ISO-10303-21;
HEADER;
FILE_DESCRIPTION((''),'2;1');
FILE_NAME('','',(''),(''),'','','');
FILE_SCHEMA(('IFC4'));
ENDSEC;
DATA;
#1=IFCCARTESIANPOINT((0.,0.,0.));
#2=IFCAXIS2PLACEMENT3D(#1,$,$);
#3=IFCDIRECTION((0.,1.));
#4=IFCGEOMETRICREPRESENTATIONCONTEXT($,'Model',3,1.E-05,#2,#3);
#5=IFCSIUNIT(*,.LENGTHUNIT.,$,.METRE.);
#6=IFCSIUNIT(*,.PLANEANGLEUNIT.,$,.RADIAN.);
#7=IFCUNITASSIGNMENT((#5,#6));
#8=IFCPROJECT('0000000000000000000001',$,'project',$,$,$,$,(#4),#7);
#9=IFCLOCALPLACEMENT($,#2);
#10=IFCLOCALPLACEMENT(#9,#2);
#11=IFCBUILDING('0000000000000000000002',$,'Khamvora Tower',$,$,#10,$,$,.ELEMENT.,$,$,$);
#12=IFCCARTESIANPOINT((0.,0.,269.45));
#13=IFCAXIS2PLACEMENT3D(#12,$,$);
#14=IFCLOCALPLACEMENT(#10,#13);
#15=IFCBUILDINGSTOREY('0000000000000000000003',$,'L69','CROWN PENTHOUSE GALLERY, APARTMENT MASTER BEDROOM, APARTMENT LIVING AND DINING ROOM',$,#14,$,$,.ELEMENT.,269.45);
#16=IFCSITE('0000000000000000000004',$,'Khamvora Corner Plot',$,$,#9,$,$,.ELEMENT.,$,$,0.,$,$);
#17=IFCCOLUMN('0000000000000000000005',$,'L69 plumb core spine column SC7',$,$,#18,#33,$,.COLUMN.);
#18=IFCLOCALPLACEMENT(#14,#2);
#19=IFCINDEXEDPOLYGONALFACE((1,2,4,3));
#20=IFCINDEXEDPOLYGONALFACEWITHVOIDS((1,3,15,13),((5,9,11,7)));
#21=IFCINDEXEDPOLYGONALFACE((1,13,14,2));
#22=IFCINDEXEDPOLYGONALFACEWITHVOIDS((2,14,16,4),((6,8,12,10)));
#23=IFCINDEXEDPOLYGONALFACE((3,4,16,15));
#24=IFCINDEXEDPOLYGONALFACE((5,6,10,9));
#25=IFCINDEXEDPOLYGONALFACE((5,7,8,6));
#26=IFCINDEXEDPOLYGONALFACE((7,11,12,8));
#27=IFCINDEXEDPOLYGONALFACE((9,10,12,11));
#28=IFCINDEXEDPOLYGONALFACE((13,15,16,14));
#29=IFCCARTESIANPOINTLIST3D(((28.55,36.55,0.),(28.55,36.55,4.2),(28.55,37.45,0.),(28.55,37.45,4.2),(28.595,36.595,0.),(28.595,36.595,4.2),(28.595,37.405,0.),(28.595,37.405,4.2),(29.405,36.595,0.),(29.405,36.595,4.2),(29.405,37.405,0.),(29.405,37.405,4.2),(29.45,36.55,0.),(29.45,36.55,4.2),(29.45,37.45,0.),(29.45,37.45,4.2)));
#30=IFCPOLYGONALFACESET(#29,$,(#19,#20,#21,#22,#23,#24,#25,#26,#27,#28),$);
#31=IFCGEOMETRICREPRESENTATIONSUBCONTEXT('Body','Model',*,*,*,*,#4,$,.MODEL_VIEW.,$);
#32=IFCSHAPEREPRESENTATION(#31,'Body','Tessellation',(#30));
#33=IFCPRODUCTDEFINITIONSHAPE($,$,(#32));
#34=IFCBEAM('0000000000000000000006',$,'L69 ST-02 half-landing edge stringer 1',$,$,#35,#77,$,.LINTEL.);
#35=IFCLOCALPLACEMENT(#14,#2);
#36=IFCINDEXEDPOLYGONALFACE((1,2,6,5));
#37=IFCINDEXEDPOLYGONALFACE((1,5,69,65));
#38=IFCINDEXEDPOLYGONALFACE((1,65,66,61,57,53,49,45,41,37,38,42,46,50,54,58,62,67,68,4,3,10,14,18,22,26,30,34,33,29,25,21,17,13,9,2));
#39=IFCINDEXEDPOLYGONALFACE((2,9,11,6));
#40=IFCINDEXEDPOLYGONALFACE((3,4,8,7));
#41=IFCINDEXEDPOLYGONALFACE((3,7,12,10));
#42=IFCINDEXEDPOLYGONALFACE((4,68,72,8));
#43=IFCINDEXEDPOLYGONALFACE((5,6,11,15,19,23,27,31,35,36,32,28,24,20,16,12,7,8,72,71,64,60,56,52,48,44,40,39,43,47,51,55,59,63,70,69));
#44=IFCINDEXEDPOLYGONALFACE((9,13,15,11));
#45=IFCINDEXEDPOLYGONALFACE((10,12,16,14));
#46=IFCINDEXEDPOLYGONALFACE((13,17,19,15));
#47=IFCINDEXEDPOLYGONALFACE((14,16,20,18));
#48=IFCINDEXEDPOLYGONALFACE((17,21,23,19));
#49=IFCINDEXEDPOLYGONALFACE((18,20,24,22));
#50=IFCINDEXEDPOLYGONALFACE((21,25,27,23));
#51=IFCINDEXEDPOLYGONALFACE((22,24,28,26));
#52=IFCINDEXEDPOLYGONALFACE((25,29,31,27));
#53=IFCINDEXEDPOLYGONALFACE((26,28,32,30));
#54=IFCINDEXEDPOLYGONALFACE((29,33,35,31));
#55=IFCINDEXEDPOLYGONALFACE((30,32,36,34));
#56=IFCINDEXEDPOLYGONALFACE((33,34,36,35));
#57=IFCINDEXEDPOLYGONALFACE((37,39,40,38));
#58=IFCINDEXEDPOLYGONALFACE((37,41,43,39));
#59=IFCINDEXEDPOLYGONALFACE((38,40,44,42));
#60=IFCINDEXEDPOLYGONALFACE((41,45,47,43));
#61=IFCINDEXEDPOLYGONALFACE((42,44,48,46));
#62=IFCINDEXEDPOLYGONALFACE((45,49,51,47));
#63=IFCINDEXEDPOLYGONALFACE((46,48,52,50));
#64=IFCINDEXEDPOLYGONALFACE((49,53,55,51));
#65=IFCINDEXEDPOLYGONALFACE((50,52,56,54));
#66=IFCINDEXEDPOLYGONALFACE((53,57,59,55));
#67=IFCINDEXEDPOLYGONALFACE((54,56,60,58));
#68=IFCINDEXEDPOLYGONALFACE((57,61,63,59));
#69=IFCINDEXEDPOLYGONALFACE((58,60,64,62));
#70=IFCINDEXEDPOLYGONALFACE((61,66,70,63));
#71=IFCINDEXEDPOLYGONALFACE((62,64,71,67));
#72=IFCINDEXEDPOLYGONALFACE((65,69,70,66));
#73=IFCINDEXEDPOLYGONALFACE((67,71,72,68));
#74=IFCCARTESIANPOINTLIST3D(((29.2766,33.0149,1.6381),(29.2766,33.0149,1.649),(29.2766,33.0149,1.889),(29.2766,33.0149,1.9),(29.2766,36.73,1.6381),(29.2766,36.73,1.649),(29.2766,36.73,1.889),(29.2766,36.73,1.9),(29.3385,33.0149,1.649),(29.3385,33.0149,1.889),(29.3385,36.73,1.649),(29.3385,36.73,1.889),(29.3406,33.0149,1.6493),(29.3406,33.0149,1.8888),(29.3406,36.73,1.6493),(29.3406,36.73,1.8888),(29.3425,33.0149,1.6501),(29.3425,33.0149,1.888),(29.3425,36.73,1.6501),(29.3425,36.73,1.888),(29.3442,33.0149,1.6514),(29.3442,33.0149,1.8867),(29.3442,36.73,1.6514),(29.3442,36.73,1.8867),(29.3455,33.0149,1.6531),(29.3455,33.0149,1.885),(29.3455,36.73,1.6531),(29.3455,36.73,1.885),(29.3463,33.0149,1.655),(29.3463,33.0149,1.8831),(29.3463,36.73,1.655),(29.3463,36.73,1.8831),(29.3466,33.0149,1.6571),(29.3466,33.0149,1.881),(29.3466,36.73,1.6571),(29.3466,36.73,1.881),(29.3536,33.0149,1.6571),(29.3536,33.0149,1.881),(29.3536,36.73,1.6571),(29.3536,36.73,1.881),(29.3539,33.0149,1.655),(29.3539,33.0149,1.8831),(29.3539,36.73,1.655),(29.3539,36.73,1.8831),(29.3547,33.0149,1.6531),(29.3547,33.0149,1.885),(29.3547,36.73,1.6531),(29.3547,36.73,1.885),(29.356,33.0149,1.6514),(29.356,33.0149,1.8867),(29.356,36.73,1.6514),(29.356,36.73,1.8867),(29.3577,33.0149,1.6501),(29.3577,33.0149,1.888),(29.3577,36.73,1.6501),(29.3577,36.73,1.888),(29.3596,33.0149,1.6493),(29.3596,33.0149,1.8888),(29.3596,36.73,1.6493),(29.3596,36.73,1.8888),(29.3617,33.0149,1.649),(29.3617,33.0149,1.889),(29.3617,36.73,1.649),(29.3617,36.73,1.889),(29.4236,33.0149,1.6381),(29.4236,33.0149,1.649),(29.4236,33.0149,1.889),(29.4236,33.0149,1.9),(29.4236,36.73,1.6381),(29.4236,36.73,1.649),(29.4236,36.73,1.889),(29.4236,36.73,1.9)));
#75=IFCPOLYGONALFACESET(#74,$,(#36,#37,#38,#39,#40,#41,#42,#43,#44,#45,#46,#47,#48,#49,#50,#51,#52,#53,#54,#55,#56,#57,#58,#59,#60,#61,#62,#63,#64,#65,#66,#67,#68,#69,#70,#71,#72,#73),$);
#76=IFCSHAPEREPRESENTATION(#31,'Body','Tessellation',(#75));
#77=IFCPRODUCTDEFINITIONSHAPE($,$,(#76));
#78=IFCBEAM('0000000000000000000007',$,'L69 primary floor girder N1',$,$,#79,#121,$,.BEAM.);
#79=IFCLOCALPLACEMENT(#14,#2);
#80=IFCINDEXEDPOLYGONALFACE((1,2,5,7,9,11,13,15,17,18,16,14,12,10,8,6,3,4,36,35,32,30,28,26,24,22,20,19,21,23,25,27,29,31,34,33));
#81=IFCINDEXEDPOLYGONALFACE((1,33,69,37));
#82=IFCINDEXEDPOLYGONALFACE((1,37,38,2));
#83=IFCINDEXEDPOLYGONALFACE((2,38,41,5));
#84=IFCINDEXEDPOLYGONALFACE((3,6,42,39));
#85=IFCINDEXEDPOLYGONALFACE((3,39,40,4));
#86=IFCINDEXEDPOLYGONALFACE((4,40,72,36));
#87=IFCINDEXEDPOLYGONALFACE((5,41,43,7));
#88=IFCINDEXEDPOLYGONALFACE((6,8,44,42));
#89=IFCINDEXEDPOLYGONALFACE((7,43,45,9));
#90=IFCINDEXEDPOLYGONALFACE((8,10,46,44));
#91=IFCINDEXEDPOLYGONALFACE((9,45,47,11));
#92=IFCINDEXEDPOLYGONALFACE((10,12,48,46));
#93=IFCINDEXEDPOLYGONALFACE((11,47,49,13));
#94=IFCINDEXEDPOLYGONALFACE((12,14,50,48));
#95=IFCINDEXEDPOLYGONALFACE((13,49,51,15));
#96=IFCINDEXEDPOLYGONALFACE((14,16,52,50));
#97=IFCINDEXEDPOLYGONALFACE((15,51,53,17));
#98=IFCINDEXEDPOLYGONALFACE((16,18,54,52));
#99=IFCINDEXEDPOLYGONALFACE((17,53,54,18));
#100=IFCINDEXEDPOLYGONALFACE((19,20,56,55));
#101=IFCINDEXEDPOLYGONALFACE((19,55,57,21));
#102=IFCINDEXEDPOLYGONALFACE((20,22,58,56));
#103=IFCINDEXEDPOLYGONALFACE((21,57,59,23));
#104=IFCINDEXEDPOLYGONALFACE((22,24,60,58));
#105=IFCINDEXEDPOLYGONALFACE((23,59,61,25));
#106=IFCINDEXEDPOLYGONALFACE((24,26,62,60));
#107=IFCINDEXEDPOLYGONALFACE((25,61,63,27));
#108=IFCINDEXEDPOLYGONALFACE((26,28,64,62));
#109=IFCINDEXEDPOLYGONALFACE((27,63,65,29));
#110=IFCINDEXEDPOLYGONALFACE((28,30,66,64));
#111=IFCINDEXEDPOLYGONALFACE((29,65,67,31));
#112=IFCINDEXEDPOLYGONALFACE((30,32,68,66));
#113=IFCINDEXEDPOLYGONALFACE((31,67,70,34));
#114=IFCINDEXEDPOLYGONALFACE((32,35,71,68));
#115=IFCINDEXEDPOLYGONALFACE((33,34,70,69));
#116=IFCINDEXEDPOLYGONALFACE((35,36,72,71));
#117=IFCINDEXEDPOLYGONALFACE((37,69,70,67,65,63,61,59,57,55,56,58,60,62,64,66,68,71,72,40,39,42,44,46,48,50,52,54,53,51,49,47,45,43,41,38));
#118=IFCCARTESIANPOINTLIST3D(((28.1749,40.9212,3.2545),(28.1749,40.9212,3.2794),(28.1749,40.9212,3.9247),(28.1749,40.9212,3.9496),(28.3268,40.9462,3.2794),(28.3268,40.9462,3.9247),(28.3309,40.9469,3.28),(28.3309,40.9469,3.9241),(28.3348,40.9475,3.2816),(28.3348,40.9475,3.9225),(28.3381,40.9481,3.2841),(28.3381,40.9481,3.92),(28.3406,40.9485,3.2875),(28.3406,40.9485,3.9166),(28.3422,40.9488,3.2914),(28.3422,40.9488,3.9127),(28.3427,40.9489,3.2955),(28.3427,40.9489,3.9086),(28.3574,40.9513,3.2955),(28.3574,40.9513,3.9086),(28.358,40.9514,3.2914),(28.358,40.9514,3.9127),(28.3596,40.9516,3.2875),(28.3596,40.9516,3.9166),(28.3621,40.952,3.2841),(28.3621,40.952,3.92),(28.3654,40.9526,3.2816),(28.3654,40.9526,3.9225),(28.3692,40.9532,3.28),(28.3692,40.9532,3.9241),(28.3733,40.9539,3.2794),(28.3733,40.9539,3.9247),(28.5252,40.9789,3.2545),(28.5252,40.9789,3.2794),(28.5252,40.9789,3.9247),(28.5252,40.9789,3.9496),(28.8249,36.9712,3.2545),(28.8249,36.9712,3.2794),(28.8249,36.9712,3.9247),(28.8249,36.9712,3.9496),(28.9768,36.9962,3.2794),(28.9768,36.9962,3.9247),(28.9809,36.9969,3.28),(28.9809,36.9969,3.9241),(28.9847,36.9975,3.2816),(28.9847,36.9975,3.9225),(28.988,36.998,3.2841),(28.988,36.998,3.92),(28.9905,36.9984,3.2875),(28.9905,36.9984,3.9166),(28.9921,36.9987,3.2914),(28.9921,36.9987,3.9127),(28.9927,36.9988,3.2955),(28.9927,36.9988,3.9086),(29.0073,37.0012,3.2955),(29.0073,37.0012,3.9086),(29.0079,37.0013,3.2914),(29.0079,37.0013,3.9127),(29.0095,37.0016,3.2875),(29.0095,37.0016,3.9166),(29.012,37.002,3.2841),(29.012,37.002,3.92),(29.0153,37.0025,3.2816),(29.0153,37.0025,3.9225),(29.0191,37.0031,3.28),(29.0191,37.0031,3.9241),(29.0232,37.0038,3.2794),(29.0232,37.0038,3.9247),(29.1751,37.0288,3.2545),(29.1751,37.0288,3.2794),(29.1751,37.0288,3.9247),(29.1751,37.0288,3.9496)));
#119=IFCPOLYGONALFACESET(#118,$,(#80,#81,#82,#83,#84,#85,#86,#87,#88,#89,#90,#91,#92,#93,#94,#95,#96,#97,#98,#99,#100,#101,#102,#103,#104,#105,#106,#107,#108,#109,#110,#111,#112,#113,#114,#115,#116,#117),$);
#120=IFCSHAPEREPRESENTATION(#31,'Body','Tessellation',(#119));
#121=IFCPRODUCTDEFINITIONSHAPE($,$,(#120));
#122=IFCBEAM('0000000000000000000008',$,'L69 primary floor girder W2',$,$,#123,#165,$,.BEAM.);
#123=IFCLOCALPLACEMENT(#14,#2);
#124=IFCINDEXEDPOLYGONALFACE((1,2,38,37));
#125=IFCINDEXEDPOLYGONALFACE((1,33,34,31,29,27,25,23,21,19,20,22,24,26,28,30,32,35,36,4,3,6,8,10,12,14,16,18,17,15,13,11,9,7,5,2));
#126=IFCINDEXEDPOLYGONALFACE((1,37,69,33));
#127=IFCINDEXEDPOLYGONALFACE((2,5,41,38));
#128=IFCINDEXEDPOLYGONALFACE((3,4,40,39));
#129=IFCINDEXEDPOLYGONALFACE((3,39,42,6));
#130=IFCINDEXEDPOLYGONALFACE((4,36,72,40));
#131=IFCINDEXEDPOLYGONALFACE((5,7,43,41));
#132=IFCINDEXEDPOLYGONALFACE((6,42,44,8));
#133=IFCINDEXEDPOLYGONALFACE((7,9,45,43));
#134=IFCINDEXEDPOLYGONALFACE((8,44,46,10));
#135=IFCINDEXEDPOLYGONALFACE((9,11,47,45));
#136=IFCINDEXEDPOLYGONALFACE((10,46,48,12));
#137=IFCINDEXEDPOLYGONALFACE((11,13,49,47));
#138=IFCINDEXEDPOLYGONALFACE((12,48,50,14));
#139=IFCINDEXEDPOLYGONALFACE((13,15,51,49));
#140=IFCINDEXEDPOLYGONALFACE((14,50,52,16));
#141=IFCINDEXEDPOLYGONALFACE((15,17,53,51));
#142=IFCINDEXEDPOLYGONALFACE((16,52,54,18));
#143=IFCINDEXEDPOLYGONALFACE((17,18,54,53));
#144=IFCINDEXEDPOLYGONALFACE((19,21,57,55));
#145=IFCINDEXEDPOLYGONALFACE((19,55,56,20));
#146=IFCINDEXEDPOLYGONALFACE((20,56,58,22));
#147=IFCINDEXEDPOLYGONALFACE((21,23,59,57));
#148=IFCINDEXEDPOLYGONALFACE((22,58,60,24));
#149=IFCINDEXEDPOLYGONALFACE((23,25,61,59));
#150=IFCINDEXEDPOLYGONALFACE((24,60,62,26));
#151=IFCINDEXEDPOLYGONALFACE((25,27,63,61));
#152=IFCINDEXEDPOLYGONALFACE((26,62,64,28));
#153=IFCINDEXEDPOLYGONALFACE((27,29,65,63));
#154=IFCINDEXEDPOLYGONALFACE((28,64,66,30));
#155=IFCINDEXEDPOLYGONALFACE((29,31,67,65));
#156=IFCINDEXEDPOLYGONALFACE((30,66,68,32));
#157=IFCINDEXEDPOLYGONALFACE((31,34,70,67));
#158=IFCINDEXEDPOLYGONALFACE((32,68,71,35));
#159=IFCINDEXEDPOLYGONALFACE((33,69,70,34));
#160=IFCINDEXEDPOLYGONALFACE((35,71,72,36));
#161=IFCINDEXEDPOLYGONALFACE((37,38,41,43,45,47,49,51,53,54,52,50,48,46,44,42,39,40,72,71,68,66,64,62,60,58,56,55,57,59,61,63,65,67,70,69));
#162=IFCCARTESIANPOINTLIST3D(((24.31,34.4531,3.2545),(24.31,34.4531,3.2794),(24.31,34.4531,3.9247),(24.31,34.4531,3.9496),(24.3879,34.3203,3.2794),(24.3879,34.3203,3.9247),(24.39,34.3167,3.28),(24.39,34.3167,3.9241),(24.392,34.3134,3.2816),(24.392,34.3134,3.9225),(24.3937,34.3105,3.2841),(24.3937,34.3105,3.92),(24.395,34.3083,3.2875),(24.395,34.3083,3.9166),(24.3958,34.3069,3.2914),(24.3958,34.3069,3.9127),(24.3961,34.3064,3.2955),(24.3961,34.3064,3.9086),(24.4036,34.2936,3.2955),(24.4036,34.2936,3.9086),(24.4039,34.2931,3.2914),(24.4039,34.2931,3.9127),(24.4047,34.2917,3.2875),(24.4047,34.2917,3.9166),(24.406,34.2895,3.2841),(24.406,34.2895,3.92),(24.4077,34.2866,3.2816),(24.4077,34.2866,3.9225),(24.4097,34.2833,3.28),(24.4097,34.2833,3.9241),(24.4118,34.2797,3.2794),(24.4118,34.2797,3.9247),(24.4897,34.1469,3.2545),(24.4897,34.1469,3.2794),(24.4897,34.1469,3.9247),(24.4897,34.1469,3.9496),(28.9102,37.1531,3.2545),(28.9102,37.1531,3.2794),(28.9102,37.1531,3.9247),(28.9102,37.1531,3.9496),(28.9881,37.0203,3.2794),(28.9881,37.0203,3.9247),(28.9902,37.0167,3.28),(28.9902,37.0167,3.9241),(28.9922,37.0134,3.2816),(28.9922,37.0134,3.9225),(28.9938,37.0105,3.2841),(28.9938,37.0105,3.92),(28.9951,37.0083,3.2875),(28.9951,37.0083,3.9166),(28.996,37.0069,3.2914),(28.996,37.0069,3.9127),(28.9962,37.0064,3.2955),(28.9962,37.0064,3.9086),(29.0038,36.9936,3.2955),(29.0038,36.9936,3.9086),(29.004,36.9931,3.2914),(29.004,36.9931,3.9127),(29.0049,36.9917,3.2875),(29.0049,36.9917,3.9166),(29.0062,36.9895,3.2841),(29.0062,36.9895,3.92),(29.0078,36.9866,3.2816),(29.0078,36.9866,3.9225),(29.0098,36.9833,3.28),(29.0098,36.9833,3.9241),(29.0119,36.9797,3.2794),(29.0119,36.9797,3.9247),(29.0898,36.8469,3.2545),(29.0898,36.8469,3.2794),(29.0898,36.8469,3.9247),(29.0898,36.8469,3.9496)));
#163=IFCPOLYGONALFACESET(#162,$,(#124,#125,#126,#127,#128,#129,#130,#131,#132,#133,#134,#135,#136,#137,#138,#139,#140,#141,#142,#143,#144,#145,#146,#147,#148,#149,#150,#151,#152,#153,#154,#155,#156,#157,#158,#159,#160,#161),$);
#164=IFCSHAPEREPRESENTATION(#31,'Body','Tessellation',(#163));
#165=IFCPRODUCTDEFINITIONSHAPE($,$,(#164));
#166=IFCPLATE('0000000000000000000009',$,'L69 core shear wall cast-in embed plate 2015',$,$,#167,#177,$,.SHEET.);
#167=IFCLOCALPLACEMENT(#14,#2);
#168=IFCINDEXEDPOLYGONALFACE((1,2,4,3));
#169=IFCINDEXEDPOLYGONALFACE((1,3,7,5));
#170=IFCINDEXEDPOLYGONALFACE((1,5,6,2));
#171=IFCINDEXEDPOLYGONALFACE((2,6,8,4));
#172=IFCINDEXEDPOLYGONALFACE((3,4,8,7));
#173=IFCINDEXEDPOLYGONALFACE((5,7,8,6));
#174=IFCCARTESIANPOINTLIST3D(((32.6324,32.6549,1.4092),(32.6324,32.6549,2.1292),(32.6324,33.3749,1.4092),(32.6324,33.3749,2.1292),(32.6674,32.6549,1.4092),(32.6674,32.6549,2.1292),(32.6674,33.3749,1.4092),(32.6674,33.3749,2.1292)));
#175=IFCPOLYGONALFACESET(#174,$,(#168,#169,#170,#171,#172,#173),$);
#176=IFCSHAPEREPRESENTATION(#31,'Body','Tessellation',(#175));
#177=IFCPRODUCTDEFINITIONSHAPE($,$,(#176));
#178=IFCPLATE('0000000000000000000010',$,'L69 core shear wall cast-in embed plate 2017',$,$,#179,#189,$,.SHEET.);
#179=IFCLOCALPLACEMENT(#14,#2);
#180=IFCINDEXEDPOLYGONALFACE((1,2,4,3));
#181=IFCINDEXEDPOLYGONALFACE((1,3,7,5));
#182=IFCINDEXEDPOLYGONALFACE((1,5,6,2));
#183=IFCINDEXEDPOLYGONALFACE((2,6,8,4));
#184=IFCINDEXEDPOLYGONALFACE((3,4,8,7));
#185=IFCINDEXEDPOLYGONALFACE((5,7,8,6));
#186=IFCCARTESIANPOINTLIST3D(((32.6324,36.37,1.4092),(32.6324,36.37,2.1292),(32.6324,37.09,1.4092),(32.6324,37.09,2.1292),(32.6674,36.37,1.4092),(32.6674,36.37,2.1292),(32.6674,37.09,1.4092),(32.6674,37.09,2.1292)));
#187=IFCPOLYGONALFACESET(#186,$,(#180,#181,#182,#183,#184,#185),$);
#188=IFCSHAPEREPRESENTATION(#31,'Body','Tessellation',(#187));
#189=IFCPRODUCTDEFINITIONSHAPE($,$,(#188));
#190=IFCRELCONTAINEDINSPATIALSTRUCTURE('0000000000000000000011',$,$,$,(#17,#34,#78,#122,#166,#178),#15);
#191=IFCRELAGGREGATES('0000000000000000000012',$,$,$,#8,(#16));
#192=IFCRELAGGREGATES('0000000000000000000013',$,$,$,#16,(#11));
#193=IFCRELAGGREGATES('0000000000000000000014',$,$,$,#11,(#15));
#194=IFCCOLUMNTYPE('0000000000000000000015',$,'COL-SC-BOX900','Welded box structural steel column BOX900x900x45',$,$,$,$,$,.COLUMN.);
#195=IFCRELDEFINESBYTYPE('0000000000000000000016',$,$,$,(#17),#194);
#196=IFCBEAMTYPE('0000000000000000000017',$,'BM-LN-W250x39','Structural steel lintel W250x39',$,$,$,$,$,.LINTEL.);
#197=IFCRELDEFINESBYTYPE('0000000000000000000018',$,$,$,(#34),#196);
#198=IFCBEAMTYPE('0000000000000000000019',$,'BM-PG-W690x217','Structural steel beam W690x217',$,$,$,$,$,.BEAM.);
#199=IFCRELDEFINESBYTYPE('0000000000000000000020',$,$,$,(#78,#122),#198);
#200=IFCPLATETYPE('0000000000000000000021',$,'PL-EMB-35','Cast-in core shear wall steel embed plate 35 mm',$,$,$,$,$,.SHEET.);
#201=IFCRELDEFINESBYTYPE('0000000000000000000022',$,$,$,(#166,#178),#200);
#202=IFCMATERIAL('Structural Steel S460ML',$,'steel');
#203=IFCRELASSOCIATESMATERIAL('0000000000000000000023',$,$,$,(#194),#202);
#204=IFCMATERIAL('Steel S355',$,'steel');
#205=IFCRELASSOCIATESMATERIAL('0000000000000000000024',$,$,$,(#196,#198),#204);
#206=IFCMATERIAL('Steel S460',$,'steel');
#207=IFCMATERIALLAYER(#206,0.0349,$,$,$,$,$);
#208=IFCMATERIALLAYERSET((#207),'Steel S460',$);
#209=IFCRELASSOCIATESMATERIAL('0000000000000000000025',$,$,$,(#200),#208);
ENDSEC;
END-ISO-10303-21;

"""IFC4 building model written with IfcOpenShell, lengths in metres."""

from ifc_helpers import new_model, si_unit, direction, frame, origin, origin_2d, place, context, subcontext, project, spatial, rectangle, hollow_rectangle, i_section, extrude, material, layer, layer_set, material_profile, profile_set, type_object, element, save


model = new_model("IFC4")

# Units and contexts
model_context = context("Model", 3, precision=1e-05, world=origin(), true_north=direction((0.0, 1.0)))
body_context = subcontext(model_context, "Body", "Model", "MODEL_VIEW")
ifc_project = project(units=[si_unit("LENGTHUNIT", "METRE"), si_unit("PLANEANGLEUNIT", "RADIAN")], contexts=[model_context])

# Site, building, storey
site_placement = place(None, origin())
site = spatial("IfcSite", under=ifc_project, at=site_placement, Name="Khamvora Corner Plot", CompositionType="ELEMENT", RefElevation=0.0)
building_placement = place(site_placement, origin())
building = spatial("IfcBuilding", under=site, at=building_placement, Name="Khamvora Tower", CompositionType="ELEMENT")
storey_placement = place(building_placement, frame((0.0, 0.0, 269.45)))
storey = spatial("IfcBuildingStorey", under=building, at=storey_placement, Name="L69", Description="CROWN PENTHOUSE GALLERY, APARTMENT MASTER BEDROOM, APARTMENT LIVING AND DINING ROOM", CompositionType="ELEMENT", Elevation=269.45)

# Column
ifc_material_1 = material(Name="Structural Steel S460ML", Category="steel")
ifc_material_profile_1 = material_profile(ifc_material_1, hollow_rectangle(XDim=0.8999, YDim=0.8999, WallThickness=0.0449, at=origin_2d()), Name="BOX900x900x45")
ifc_profile_set_1 = profile_set([ifc_material_profile_1], Name="Structural Steel S460ML")
column_type = type_object("IfcColumnType", Name="COL-SC-BOX900", Description="Welded box structural steel column BOX900x900x45", PredefinedType="COLUMN", material=ifc_profile_set_1)
column_placement = place(storey_placement, frame((29.0, 37.0, 0.0), z_axis=(0.0, 0.0, 1.0), x_axis=(1.0, 0.0, 0.0)))
element("IfcColumn", 1, at=column_placement, inside=storey, type_object=column_type, Name="L69 plumb core spine column SC7", PredefinedType="COLUMN", context=body_context, shape_type="SweptSolid", body=[
    extrude(hollow_rectangle(XDim=0.8999, YDim=0.8999, WallThickness=0.0449, at=origin_2d()), origin(), (0.0, 0.0, 1.0), 4.2),
])

# Beams
ifc_material_2 = material(Name="Steel S355", Category="steel")
ifc_material_profile_2 = material_profile(ifc_material_2, i_section(OverallWidth=0.147, OverallDepth=0.262, WebThickness=0.0071, FlangeThickness=0.011, FilletRadius=0.0081, at=origin_2d()), Name="W250x39")
ifc_profile_set_2 = profile_set([ifc_material_profile_2], Name="Steel S355")
beam_type_1 = type_object("IfcBeamType", Name="BM-LN-W250x39", Description="Structural steel lintel W250x39", PredefinedType="LINTEL", material=ifc_profile_set_2)
beam_1_placement = place(storey_placement, frame((29.3501, 33.0149, 1.769), z_axis=(0.0, 1.0, 0.0), x_axis=(-1.0, 0.0, 0.0)))
element("IfcBeam", 2, at=beam_1_placement, inside=storey, type_object=beam_type_1, Name="L69 ST-02 half-landing edge stringer 1", PredefinedType="LINTEL", context=body_context, shape_type="SweptSolid", body=[
    extrude(i_section(OverallWidth=0.147, OverallDepth=0.262, WebThickness=0.0071, FlangeThickness=0.011, FilletRadius=0.0081, at=origin_2d()), origin(), (0.0, 0.0, 1.0), 3.7151),
])
ifc_material_profile_3 = material_profile(ifc_material_2, i_section(OverallWidth=0.355, OverallDepth=0.6951, WebThickness=0.0149, FlangeThickness=0.0249, FilletRadius=0.0161, at=origin_2d()), Name="W690x217")
ifc_profile_set_3 = profile_set([ifc_material_profile_3], Name="Steel S355")
beam_type_2 = type_object("IfcBeamType", Name="BM-PG-W690x217", Description="Structural steel beam W690x217", PredefinedType="BEAM", material=ifc_profile_set_3)
beam_2_placement = place(storey_placement, frame((29.0, 37.0, 3.6021), z_axis=(-0.162351, 0.986733, 0.0), x_axis=(-0.986733, -0.162351, 0.0)))
element("IfcBeam", 3, at=beam_2_placement, inside=storey, type_object=beam_type_2, Name="L69 primary floor girder N1", PredefinedType="BEAM", context=body_context, shape_type="SweptSolid", body=[
    extrude(i_section(OverallWidth=0.355, OverallDepth=0.6951, WebThickness=0.0149, FlangeThickness=0.0249, FilletRadius=0.0161, at=origin_2d()), origin(), (0.0, 0.0, 1.0), 4.0032),
])
beam_3_placement = place(storey_placement, frame((29.0, 37.0, 3.6021), z_axis=(-0.862424, -0.506186, 0.0), x_axis=(0.506186, -0.862424, 0.0)))
element("IfcBeam", 4, at=beam_3_placement, inside=storey, type_object=beam_type_2, Name="L69 primary floor girder W2", PredefinedType="BEAM", context=body_context, shape_type="SweptSolid", body=[
    extrude(i_section(OverallWidth=0.355, OverallDepth=0.6951, WebThickness=0.0149, FlangeThickness=0.0249, FilletRadius=0.0161, at=origin_2d()), origin(), (0.0, 0.0, 1.0), 5.334),
])

# Plates
ifc_material_3 = material(Name="Steel S460", Category="steel")
ifc_layer_1 = layer(ifc_material_3, 0.0349)
ifc_layer_set_1 = layer_set([ifc_layer_1], Name="Steel S460")
plate_type = type_object("IfcPlateType", Name="PL-EMB-35", Description="Cast-in core shear wall steel embed plate 35 mm", PredefinedType="SHEET", material=ifc_layer_set_1)
for number, where, z_axis, x_axis, name in (
    (5, (32.6499, 33.0149, 1.4092), (0.0, 0.0, 1.0), (1.0, 0.0, 0.0), "L69 core shear wall cast-in embed plate 2015"),
    (6, (32.6499, 36.73, 1.4092), (0.0, 0.0, 1.0), (1.0, 0.0, 0.0), "L69 core shear wall cast-in embed plate 2017"),
):
    element("IfcPlate", number, at=place(storey_placement, frame(where, z_axis=z_axis, x_axis=x_axis)), inside=storey, type_object=plate_type, Name=name, PredefinedType="SHEET", context=body_context, shape_type="SweptSolid", body=[
        extrude(rectangle(XDim=0.0349, YDim=0.72, at=origin_2d()), origin(), (0.0, 0.0, 1.0), 0.72),
    ])

save(model, "model.ifc")
